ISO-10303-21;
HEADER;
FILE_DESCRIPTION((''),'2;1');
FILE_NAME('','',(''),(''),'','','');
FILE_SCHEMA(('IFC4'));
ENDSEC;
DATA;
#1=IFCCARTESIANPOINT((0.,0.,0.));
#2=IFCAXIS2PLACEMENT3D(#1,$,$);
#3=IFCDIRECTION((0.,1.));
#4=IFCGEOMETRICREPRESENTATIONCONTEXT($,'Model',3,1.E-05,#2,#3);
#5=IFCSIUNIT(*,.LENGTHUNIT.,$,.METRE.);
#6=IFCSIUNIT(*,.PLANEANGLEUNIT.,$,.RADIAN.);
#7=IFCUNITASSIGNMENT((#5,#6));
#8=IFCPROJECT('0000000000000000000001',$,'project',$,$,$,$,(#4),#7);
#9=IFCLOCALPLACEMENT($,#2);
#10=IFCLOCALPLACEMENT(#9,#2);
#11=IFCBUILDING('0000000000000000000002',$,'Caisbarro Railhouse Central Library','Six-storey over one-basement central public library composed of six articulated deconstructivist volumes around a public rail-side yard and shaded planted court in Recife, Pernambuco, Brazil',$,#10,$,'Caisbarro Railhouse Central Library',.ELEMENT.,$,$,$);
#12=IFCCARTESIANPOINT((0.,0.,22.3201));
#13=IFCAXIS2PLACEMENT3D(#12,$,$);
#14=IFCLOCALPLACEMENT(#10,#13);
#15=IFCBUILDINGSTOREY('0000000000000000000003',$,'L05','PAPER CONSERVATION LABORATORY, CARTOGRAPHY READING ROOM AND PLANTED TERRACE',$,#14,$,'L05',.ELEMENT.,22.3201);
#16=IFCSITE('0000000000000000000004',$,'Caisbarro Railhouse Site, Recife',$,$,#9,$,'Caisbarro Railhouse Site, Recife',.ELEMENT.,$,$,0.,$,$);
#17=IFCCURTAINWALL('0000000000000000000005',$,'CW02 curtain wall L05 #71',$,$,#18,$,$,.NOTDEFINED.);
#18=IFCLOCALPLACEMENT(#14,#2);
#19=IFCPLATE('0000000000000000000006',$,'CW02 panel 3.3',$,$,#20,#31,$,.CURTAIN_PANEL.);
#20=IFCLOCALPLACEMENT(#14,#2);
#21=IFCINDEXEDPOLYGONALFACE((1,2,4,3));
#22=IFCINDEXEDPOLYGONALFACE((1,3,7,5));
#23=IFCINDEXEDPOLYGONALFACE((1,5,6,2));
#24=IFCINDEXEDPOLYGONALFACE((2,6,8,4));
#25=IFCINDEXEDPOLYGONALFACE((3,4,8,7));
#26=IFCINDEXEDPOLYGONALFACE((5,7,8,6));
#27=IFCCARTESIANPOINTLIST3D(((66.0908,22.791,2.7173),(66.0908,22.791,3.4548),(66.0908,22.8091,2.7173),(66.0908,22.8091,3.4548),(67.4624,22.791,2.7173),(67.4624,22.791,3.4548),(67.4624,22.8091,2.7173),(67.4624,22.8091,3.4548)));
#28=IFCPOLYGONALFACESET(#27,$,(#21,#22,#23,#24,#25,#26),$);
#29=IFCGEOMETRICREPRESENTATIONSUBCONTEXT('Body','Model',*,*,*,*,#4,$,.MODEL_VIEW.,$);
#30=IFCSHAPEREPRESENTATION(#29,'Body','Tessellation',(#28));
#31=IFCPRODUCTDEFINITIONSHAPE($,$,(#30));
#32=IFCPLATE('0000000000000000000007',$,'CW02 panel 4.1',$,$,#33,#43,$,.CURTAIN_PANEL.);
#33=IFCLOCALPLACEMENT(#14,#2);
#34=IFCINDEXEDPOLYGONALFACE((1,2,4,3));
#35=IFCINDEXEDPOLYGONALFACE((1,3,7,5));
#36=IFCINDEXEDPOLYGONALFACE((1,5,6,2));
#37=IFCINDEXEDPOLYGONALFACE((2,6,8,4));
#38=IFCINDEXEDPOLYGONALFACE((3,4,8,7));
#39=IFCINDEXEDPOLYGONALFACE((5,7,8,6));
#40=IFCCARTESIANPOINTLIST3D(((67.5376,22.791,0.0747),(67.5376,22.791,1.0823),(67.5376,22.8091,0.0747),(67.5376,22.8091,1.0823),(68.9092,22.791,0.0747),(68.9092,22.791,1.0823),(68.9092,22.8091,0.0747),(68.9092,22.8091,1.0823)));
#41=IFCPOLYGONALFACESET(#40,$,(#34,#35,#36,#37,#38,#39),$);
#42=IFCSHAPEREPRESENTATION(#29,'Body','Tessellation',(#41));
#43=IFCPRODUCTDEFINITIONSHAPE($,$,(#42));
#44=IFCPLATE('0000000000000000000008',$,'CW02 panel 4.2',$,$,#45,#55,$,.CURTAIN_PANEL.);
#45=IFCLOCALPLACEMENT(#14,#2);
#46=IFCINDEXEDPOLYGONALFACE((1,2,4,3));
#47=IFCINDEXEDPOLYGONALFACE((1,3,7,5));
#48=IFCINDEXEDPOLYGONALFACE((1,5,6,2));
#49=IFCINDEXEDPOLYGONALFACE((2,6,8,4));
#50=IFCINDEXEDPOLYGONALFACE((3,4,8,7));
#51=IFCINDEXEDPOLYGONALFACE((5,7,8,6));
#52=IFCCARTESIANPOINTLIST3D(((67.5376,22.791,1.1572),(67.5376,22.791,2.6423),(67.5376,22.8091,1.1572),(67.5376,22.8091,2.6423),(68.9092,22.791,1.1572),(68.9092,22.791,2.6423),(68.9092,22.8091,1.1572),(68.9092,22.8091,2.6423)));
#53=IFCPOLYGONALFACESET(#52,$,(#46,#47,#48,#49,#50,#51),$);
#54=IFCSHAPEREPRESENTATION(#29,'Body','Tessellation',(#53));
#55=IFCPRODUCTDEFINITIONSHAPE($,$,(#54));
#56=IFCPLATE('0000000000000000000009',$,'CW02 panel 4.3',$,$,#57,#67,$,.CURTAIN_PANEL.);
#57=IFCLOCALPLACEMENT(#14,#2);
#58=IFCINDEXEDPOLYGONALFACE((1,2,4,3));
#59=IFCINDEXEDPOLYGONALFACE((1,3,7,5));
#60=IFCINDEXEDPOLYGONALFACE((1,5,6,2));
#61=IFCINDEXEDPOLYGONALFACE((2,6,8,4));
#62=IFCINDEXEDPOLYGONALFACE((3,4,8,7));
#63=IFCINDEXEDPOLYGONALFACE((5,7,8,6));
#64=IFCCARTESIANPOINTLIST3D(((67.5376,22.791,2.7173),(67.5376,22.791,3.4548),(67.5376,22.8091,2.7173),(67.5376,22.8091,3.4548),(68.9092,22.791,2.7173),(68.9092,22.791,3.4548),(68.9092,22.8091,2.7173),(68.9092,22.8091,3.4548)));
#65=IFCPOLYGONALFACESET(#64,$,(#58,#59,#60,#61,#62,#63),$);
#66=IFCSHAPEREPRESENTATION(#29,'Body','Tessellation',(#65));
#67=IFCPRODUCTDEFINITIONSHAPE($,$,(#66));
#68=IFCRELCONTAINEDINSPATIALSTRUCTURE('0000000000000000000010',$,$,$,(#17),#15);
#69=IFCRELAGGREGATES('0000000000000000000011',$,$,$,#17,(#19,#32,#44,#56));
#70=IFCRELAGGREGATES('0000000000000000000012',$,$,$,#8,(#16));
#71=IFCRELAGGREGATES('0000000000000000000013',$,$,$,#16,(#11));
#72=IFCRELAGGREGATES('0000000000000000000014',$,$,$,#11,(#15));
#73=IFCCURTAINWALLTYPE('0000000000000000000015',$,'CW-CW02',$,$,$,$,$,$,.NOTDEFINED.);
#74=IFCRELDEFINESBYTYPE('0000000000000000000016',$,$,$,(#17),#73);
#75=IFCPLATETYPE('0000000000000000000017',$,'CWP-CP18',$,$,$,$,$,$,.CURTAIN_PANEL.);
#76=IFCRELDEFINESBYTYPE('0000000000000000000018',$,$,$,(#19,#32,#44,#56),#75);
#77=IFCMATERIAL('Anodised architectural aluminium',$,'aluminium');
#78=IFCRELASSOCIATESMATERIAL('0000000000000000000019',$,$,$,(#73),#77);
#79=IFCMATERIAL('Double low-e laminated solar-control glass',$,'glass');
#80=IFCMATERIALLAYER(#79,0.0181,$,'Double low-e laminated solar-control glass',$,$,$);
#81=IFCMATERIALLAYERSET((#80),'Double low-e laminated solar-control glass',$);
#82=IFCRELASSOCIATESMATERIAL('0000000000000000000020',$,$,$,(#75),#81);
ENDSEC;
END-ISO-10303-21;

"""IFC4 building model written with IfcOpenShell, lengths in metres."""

from ifc_helpers import new_model, si_unit, direction, frame, origin, origin_2d, place, context, subcontext, project, spatial, rectangle, extrude, material, layer, layer_set, type_object, element, aggregate, save


model = new_model("IFC4")

# Units and contexts
model_context = context("Model", 3, precision=1e-05, world=origin(), true_north=direction((0.0, 1.0)))
body_context = subcontext(model_context, "Body", "Model", "MODEL_VIEW")
ifc_project = project(units=[si_unit("LENGTHUNIT", "METRE"), si_unit("PLANEANGLEUNIT", "RADIAN")], contexts=[model_context])

# Site, building, storey
site_placement = place(None, origin())
site = spatial("IfcSite", under=ifc_project, at=site_placement, Name="Caisbarro Railhouse Site, Recife", LongName="Caisbarro Railhouse Site, Recife", CompositionType="ELEMENT", RefElevation=0.0)
building_placement = place(site_placement, origin())
building = spatial("IfcBuilding", under=site, at=building_placement, Name="Caisbarro Railhouse Central Library", Description="Six-storey over one-basement central public library composed of six articulated deconstructivist volumes around a public rail-side yard and shaded planted court in Recife, Pernambuco, Brazil", LongName="Caisbarro Railhouse Central Library", CompositionType="ELEMENT")
storey_placement = place(building_placement, frame((0.0, 0.0, 22.3201)))
storey = spatial("IfcBuildingStorey", under=building, at=storey_placement, Name="L05", Description="PAPER CONSERVATION LABORATORY, CARTOGRAPHY READING ROOM AND PLANTED TERRACE", LongName="L05", CompositionType="ELEMENT", Elevation=22.3201)

# Curtain wall, plates
ifc_material_1 = material(Name="Anodised architectural aluminium", Category="aluminium")
curtain_wall_type = type_object("IfcCurtainWallType", Name="CW-CW02", PredefinedType="NOTDEFINED", material=ifc_material_1)
curtain_wall_placement = place(storey_placement, origin())
curtain_wall = element("IfcCurtainWall", 1, at=curtain_wall_placement, inside=storey, type_object=curtain_wall_type, Name="CW02 curtain wall L05 #71", PredefinedType="NOTDEFINED")
ifc_material_2 = material(Name="Double low-e laminated solar-control glass", Category="glass")
ifc_layer = layer(ifc_material_2, 0.0181, Name="Double low-e laminated solar-control glass")
ifc_layer_set = layer_set([ifc_layer], Name="Double low-e laminated solar-control glass")
plate_type = type_object("IfcPlateType", Name="CWP-CP18", PredefinedType="CURTAIN_PANEL", material=ifc_layer_set)
plate_1_placement = place(storey_placement, frame((66.7766, 22.8, 2.7173), z_axis=(0.0, 0.0, 1.0), x_axis=(1.0, 0.0, 0.0)))
plate_1 = element("IfcPlate", 2, at=plate_1_placement, type_object=plate_type, Name="CW02 panel 3.3", PredefinedType="CURTAIN_PANEL", context=body_context, shape_type="SweptSolid", body=[
    extrude(rectangle(XDim=1.3716, YDim=0.0181, at=origin_2d()), origin(), (0.0, 0.0, 1.0), 0.7375),
])
plate_2_placement = place(storey_placement, frame((68.2234, 22.8, 0.0747), z_axis=(0.0, 0.0, 1.0), x_axis=(1.0, 0.0, 0.0)))
plate_2 = element("IfcPlate", 3, at=plate_2_placement, type_object=plate_type, Name="CW02 panel 4.1", PredefinedType="CURTAIN_PANEL", context=body_context, shape_type="SweptSolid", body=[
    extrude(rectangle(XDim=1.3716, YDim=0.0181, at=origin_2d()), origin(), (0.0, 0.0, 1.0), 1.0076),
])
plate_3_placement = place(storey_placement, frame((68.2234, 22.8, 1.1572), z_axis=(0.0, 0.0, 1.0), x_axis=(1.0, 0.0, 0.0)))
plate_3 = element("IfcPlate", 4, at=plate_3_placement, type_object=plate_type, Name="CW02 panel 4.2", PredefinedType="CURTAIN_PANEL", context=body_context, shape_type="SweptSolid", body=[
    extrude(rectangle(XDim=1.3716, YDim=0.0181, at=origin_2d()), origin(), (0.0, 0.0, 1.0), 1.4851),
])
plate_4_placement = place(storey_placement, frame((68.2234, 22.8, 2.7173), z_axis=(0.0, 0.0, 1.0), x_axis=(1.0, 0.0, 0.0)))
plate_4 = element("IfcPlate", 5, at=plate_4_placement, type_object=plate_type, Name="CW02 panel 4.3", PredefinedType="CURTAIN_PANEL", context=body_context, shape_type="SweptSolid", body=[
    extrude(rectangle(XDim=1.3716, YDim=0.0181, at=origin_2d()), origin(), (0.0, 0.0, 1.0), 0.7375),
])
aggregate(curtain_wall, [plate_1, plate_2, plate_3, plate_4])

save(model, "model.ifc")
